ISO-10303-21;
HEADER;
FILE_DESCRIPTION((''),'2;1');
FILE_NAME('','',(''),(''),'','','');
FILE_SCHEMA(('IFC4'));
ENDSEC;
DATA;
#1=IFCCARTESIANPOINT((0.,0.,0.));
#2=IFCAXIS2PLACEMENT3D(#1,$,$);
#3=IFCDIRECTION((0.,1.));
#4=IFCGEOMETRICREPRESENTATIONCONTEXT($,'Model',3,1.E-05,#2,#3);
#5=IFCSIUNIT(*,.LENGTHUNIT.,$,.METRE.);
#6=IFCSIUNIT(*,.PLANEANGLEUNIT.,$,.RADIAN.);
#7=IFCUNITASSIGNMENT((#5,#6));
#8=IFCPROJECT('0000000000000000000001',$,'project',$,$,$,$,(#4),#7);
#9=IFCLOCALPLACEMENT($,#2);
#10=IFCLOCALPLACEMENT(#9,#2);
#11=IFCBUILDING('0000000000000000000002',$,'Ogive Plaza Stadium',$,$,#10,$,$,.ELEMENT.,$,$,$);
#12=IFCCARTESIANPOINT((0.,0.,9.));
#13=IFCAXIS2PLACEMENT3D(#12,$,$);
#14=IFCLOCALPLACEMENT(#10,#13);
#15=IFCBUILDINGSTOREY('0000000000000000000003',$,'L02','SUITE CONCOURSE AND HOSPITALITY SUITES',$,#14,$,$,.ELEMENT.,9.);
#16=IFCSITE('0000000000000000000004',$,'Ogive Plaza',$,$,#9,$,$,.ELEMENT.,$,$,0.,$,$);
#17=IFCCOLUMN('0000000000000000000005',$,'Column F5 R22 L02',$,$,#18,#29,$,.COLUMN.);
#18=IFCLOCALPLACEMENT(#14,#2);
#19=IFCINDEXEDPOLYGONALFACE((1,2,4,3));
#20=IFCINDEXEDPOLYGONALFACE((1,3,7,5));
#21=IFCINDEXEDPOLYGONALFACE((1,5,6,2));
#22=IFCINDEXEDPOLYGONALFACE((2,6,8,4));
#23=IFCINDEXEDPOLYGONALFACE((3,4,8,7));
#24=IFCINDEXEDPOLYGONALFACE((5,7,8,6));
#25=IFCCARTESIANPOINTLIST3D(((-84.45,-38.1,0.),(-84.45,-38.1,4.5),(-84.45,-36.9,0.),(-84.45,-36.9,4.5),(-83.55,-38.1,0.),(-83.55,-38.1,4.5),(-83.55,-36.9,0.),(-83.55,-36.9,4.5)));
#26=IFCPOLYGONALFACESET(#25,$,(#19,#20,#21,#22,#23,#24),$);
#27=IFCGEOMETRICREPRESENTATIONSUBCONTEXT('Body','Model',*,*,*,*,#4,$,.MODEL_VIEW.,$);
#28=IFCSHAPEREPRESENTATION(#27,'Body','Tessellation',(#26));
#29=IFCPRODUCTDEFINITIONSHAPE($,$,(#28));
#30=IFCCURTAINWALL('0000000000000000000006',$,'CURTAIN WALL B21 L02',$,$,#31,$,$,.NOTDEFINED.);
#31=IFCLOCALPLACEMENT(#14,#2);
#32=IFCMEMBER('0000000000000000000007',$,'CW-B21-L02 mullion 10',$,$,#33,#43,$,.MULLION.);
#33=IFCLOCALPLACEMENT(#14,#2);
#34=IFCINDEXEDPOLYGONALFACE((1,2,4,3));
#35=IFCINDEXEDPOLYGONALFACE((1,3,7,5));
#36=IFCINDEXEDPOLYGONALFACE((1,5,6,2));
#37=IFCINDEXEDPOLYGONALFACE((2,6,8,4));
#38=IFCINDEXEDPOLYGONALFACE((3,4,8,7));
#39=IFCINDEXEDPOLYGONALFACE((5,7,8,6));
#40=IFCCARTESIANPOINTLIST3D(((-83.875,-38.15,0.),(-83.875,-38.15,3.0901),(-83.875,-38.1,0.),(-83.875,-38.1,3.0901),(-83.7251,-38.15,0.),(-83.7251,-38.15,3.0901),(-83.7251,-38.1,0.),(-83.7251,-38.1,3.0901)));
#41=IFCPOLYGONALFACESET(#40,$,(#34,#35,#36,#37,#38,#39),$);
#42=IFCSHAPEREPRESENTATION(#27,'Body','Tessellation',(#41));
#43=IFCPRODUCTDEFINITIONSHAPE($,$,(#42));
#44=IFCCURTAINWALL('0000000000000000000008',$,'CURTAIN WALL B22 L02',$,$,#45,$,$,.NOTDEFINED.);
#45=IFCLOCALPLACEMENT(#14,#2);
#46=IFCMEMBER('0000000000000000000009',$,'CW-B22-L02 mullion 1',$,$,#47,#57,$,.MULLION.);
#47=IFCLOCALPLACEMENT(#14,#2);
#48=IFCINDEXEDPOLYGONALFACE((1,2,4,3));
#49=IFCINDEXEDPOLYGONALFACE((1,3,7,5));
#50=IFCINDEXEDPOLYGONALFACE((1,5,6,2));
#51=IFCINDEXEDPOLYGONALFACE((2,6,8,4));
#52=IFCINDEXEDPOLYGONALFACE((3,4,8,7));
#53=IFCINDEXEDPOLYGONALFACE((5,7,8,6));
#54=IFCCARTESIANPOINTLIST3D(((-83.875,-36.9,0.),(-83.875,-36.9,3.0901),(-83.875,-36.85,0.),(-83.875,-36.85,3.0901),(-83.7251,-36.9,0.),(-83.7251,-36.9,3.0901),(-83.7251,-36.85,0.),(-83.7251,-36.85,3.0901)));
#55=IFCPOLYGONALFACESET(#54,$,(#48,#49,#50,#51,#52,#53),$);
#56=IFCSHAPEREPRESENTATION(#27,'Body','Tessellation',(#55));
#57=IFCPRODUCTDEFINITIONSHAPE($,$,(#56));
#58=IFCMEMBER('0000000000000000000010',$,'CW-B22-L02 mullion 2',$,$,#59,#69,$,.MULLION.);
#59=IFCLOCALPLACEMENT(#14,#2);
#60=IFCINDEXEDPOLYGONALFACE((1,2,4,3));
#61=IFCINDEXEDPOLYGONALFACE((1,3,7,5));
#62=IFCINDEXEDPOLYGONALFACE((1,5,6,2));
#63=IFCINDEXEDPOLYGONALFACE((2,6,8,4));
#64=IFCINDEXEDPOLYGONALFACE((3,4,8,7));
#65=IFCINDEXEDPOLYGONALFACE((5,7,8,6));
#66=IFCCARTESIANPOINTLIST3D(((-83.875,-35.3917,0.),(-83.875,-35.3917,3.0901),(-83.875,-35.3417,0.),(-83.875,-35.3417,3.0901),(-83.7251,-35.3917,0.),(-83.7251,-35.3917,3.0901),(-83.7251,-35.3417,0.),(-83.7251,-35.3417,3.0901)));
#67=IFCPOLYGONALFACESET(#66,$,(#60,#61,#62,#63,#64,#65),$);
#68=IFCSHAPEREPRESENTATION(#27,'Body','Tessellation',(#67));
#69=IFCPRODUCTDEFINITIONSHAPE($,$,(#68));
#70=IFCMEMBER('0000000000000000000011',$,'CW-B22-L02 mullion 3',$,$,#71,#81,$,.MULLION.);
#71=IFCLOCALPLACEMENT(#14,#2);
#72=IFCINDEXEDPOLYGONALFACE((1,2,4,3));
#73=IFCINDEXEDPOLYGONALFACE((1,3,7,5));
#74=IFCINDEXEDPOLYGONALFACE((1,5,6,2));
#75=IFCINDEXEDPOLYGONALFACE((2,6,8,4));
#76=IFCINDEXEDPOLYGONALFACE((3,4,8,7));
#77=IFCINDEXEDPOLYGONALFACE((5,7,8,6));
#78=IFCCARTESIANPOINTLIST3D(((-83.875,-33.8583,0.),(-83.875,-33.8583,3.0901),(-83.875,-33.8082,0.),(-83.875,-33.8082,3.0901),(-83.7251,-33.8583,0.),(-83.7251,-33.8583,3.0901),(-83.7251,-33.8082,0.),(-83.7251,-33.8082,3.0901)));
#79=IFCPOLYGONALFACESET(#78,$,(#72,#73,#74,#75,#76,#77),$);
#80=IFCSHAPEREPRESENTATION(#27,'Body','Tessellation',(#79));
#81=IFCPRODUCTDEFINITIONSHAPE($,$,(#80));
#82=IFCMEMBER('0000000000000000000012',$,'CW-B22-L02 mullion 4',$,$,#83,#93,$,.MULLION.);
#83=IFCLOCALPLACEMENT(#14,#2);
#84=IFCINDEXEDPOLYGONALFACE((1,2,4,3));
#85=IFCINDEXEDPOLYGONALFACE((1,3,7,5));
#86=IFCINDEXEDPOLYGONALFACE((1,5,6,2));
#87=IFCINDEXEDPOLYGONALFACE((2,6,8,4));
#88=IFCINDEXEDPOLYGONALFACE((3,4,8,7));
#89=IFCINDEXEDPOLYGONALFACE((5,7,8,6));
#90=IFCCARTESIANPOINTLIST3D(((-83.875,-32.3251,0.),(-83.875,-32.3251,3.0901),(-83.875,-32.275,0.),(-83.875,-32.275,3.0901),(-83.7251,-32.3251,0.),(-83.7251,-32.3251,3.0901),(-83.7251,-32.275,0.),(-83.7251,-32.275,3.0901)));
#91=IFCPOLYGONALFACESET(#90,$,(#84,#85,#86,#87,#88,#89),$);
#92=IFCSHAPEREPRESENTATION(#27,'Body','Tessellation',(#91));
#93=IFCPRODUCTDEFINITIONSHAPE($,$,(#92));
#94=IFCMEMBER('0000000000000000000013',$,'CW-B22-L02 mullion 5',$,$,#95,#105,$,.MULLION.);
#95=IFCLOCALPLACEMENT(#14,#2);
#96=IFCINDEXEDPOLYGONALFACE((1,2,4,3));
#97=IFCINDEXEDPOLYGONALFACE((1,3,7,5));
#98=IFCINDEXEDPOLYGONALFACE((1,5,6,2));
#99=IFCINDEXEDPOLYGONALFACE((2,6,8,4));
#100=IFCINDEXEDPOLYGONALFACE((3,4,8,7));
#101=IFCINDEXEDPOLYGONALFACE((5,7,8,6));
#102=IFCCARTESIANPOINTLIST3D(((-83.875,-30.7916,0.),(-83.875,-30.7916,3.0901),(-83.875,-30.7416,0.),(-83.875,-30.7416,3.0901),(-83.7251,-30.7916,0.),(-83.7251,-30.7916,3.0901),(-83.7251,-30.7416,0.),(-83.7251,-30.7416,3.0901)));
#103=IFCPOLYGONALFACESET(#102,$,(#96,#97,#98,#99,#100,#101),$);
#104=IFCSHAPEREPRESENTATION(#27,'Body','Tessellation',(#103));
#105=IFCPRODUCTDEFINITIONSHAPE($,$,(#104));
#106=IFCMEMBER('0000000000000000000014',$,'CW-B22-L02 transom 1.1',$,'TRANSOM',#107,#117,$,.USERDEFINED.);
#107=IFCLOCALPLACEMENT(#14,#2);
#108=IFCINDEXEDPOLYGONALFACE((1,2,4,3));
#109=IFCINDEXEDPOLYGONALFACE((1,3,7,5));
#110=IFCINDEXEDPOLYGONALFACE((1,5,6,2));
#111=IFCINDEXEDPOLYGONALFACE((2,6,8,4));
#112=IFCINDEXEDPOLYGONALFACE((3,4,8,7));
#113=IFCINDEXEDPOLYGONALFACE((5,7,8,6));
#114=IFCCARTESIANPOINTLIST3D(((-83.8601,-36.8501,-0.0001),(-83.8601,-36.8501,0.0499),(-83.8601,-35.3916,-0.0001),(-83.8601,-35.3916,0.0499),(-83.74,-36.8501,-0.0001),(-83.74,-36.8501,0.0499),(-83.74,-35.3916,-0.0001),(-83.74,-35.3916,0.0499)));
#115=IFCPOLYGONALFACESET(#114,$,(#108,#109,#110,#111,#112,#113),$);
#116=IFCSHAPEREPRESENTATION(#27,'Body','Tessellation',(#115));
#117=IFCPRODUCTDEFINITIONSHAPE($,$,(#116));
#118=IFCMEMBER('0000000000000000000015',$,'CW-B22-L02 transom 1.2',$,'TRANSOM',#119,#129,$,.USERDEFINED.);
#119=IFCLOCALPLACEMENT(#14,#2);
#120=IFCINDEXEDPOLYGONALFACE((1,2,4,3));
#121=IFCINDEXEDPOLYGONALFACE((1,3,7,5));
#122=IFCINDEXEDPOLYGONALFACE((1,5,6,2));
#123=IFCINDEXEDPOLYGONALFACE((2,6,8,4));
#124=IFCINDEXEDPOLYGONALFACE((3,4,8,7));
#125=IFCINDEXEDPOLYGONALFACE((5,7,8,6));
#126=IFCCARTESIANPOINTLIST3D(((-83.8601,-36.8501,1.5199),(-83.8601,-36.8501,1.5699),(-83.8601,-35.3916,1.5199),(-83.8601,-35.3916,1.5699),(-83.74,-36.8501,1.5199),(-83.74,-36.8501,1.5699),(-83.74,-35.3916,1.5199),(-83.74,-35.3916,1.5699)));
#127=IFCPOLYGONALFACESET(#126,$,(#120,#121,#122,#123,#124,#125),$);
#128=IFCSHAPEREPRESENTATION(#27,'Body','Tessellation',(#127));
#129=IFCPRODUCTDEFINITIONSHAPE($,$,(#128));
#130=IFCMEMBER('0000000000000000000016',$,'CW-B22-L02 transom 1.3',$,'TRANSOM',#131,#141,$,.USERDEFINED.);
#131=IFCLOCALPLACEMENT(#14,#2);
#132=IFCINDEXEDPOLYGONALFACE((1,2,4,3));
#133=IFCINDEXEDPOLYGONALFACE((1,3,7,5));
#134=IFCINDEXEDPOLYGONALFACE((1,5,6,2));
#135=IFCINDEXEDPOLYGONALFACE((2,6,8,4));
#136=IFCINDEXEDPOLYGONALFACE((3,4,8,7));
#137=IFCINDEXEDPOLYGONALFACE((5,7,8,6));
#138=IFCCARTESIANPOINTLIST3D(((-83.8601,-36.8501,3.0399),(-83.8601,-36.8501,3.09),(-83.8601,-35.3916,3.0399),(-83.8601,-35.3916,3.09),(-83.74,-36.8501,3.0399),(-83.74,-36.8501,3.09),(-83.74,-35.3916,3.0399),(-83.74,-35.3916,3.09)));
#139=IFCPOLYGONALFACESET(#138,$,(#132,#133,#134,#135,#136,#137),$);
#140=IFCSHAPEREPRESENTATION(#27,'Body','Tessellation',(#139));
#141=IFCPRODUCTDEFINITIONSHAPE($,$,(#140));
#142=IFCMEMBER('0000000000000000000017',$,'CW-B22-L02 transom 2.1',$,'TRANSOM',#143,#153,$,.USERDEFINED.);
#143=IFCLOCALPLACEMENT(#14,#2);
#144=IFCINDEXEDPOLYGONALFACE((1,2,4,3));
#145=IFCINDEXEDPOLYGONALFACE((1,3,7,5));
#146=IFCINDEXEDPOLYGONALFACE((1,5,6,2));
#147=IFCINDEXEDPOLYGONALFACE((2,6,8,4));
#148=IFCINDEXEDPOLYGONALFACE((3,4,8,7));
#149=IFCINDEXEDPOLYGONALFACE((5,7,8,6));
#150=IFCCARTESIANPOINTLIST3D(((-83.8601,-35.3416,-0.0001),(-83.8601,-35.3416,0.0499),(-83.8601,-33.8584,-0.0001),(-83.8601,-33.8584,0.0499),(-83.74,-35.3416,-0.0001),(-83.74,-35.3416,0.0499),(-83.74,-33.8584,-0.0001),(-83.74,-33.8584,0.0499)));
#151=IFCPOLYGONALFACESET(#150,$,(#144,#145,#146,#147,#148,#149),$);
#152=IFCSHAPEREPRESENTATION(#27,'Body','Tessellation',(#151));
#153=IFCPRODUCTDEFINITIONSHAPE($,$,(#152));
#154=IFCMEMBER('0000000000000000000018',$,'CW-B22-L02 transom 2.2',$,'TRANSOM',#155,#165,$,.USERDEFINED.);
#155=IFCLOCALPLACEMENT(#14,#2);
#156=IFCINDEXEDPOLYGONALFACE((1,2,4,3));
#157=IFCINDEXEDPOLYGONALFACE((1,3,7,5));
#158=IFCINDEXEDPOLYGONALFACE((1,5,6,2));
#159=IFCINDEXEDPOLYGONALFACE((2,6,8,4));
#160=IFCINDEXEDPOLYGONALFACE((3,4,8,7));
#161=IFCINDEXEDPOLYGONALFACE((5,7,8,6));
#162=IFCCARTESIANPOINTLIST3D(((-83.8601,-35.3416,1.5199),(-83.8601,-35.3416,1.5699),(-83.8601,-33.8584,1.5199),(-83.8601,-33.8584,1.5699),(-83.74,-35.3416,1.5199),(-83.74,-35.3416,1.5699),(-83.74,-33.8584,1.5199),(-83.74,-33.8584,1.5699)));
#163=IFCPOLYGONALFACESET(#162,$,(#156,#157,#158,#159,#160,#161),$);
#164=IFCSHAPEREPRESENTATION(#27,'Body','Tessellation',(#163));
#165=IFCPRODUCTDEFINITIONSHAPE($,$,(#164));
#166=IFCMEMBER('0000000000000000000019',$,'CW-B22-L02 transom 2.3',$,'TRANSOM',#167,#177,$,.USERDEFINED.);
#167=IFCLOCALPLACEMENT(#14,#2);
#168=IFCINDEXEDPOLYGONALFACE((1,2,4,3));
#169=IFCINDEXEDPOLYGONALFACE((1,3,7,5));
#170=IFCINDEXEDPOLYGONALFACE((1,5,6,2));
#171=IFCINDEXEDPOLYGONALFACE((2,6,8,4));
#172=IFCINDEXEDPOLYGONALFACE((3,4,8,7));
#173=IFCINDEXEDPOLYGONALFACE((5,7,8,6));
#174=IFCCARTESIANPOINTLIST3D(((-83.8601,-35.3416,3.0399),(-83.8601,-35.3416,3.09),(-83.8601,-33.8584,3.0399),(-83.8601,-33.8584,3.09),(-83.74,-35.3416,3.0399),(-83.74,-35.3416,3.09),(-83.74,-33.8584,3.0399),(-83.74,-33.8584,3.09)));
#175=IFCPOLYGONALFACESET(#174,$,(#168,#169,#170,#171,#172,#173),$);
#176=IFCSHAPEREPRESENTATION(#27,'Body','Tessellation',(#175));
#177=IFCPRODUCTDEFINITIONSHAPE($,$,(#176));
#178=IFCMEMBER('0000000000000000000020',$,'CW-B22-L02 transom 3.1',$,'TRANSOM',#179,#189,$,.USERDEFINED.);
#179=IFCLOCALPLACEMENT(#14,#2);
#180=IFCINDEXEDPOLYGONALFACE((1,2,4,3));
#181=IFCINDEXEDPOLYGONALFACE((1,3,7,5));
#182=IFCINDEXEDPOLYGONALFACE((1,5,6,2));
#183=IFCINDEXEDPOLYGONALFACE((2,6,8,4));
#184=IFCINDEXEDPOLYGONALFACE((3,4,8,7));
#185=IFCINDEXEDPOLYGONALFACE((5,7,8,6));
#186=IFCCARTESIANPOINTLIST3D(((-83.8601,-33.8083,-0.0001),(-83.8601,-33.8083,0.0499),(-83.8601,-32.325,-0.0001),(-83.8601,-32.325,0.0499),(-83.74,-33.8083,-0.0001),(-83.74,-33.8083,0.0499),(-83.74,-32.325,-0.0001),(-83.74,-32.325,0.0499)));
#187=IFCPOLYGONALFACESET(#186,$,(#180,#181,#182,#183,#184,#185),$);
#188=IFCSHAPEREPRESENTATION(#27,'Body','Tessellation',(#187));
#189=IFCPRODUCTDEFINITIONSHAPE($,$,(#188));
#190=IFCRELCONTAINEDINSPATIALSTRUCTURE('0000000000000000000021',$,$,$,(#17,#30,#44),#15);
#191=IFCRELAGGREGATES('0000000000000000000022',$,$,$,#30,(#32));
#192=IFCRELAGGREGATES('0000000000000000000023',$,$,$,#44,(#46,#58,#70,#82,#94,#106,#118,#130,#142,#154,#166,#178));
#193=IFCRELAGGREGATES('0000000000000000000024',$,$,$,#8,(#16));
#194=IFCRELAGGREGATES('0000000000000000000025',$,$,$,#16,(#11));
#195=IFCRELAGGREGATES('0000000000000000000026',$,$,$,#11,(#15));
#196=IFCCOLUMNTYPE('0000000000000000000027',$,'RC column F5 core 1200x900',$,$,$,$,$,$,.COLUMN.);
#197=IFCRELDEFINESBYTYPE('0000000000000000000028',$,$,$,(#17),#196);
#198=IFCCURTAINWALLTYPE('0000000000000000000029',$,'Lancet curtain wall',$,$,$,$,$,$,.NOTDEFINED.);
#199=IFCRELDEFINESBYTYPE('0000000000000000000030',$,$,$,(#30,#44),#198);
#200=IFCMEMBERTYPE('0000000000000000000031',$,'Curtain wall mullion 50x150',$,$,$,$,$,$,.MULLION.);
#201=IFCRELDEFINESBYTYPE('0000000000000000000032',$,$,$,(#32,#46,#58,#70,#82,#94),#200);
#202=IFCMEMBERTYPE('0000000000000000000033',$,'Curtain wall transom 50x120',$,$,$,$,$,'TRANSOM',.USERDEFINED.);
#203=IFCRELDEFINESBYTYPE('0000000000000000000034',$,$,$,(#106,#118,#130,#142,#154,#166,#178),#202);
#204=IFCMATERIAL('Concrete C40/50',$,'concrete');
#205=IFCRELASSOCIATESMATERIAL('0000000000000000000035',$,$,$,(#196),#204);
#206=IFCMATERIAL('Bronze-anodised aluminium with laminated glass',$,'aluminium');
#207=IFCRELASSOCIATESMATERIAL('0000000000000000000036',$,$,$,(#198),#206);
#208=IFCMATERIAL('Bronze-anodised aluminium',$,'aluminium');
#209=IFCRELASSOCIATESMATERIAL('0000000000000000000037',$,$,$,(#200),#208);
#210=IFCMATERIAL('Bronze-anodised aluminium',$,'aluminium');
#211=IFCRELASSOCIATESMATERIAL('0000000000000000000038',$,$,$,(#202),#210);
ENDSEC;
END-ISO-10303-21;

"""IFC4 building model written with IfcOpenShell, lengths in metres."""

from ifc_helpers import new_model, si_unit, direction, frame, origin, origin_2d, place, context, subcontext, project, spatial, rectangle, extrude, material, material_profile, profile_set, type_object, element, aggregate, save


model = new_model("IFC4")

# Units and contexts
model_context = context("Model", 3, precision=1e-05, world=origin(), true_north=direction((0.0, 1.0)))
body_context = subcontext(model_context, "Body", "Model", "MODEL_VIEW")
ifc_project = project(units=[si_unit("LENGTHUNIT", "METRE"), si_unit("PLANEANGLEUNIT", "RADIAN")], contexts=[model_context])

# Site, building, storey
site_placement = place(None, origin())
site = spatial("IfcSite", under=ifc_project, at=site_placement, Name="Ogive Plaza", CompositionType="ELEMENT", RefElevation=0.0)
building_placement = place(site_placement, origin())
building = spatial("IfcBuilding", under=site, at=building_placement, Name="Ogive Plaza Stadium", CompositionType="ELEMENT")
storey_placement = place(building_placement, frame((0.0, 0.0, 9.0)))
storey = spatial("IfcBuildingStorey", under=building, at=storey_placement, Name="L02", Description="SUITE CONCOURSE AND HOSPITALITY SUITES", CompositionType="ELEMENT", Elevation=9.0)

# Column
ifc_material_1 = material(Name="Concrete C40/50", Category="concrete")
ifc_material_profile_1 = material_profile(ifc_material_1, rectangle(XDim=1.2, YDim=0.8999, at=origin_2d()), Name="RC 1200x900")
ifc_profile_set_1 = profile_set([ifc_material_profile_1], Name="Concrete C40/50")
column_type = type_object("IfcColumnType", Name="RC column F5 core 1200x900", PredefinedType="COLUMN", material=ifc_profile_set_1)
column_placement = place(storey_placement, frame((-84.0, -37.5, 0.0), z_axis=(0.0, 0.0, 1.0), x_axis=(0.0, -1.0, 0.0)))
element("IfcColumn", 1, at=column_placement, inside=storey, type_object=column_type, Name="Column F5 R22 L02", PredefinedType="COLUMN", context=body_context, shape_type="SweptSolid", body=[
    extrude(rectangle(XDim=1.2, YDim=0.8999, at=origin_2d()), origin(), (0.0, 0.0, 1.0), 4.5),
])

# Curtain wall, member
ifc_material_2 = material(Name="Bronze-anodised aluminium with laminated glass", Category="aluminium")
curtain_wall_type = type_object("IfcCurtainWallType", Name="Lancet curtain wall", PredefinedType="NOTDEFINED", material=ifc_material_2)
curtain_wall_1_placement = place(storey_placement, origin())
curtain_wall_1 = element("IfcCurtainWall", 2, at=curtain_wall_1_placement, inside=storey, type_object=curtain_wall_type, Name="CURTAIN WALL B21 L02", PredefinedType="NOTDEFINED")
ifc_material_3 = material(Name="Bronze-anodised aluminium", Category="aluminium")
ifc_material_profile_2 = material_profile(ifc_material_3, rectangle(XDim=0.1499, YDim=0.05, at=origin_2d()), Name="AL 150x50")
ifc_profile_set_2 = profile_set([ifc_material_profile_2], Name="Bronze-anodised aluminium")
member_type_1 = type_object("IfcMemberType", Name="Curtain wall mullion 50x150", PredefinedType="MULLION", material=ifc_profile_set_2)
member_1_placement = place(storey_placement, frame((-83.8, -38.125, 0.0), z_axis=(0.0, 0.0, 1.0), x_axis=(-1.0, 0.0, 0.0)))
member_1 = element("IfcMember", 3, at=member_1_placement, type_object=member_type_1, Name="CW-B21-L02 mullion 10", PredefinedType="MULLION", context=body_context, shape_type="SweptSolid", body=[
    extrude(rectangle(XDim=0.1499, YDim=0.05, at=origin_2d()), origin(), (0.0, 0.0, 1.0), 3.0901),
])

# Curtain wall, members
curtain_wall_2_placement = place(storey_placement, origin())
curtain_wall_2 = element("IfcCurtainWall", 4, at=curtain_wall_2_placement, inside=storey, type_object=curtain_wall_type, Name="CURTAIN WALL B22 L02", PredefinedType="NOTDEFINED")
member_2_placement = place(storey_placement, frame((-83.8, -36.875, 0.0), z_axis=(0.0, 0.0, 1.0), x_axis=(-1.0, 0.0, 0.0)))
member_2 = element("IfcMember", 5, at=member_2_placement, type_object=member_type_1, Name="CW-B22-L02 mullion 1", PredefinedType="MULLION", context=body_context, shape_type="SweptSolid", body=[
    extrude(rectangle(XDim=0.1499, YDim=0.05, at=origin_2d()), origin(), (0.0, 0.0, 1.0), 3.0901),
])
member_3_placement = place(storey_placement, frame((-83.8, -35.3667, 0.0), z_axis=(0.0, 0.0, 1.0), x_axis=(-1.0, 0.0, 0.0)))
member_3 = element("IfcMember", 6, at=member_3_placement, type_object=member_type_1, Name="CW-B22-L02 mullion 2", PredefinedType="MULLION", context=body_context, shape_type="SweptSolid", body=[
    extrude(rectangle(XDim=0.1499, YDim=0.05, at=origin_2d()), origin(), (0.0, 0.0, 1.0), 3.0901),
])
member_4_placement = place(storey_placement, frame((-83.8, -33.8333, 0.0), z_axis=(0.0, 0.0, 1.0), x_axis=(-1.0, 0.0, 0.0)))
member_4 = element("IfcMember", 7, at=member_4_placement, type_object=member_type_1, Name="CW-B22-L02 mullion 3", PredefinedType="MULLION", context=body_context, shape_type="SweptSolid", body=[
    extrude(rectangle(XDim=0.1499, YDim=0.05, at=origin_2d()), origin(), (0.0, 0.0, 1.0), 3.0901),
])
member_5_placement = place(storey_placement, frame((-83.8, -32.3, 0.0), z_axis=(0.0, 0.0, 1.0), x_axis=(-1.0, 0.0, 0.0)))
member_5 = element("IfcMember", 8, at=member_5_placement, type_object=member_type_1, Name="CW-B22-L02 mullion 4", PredefinedType="MULLION", context=body_context, shape_type="SweptSolid", body=[
    extrude(rectangle(XDim=0.1499, YDim=0.05, at=origin_2d()), origin(), (0.0, 0.0, 1.0), 3.0901),
])
member_6_placement = place(storey_placement, frame((-83.8, -30.7666, 0.0), z_axis=(0.0, 0.0, 1.0), x_axis=(-1.0, 0.0, 0.0)))
member_6 = element("IfcMember", 9, at=member_6_placement, type_object=member_type_1, Name="CW-B22-L02 mullion 5", PredefinedType="MULLION", context=body_context, shape_type="SweptSolid", body=[
    extrude(rectangle(XDim=0.1499, YDim=0.05, at=origin_2d()), origin(), (0.0, 0.0, 1.0), 3.0901),
])
ifc_material_4 = material(Name="Bronze-anodised aluminium", Category="aluminium")
ifc_material_profile_3 = material_profile(ifc_material_4, rectangle(XDim=0.1201, YDim=0.05, at=origin_2d()), Name="AL 120x50")
ifc_profile_set_3 = profile_set([ifc_material_profile_3], Name="Bronze-anodised aluminium")
member_type_2 = type_object("IfcMemberType", Name="Curtain wall transom 50x120", ElementType="TRANSOM", PredefinedType="USERDEFINED", material=ifc_profile_set_3)
member_7_placement = place(storey_placement, frame((-83.8, -36.8501, 0.0249), z_axis=(0.0, 1.0, 0.0), x_axis=(-1.0, 0.0, 0.0)))
member_7 = element("IfcMember", 10, at=member_7_placement, type_object=member_type_2, Name="CW-B22-L02 transom 1.1", ObjectType="TRANSOM", PredefinedType="USERDEFINED", context=body_context, shape_type="SweptSolid", body=[
    extrude(rectangle(XDim=0.1201, YDim=0.05, at=origin_2d()), origin(), (0.0, 0.0, 1.0), 1.4585),
])
member_8_placement = place(storey_placement, frame((-83.8, -36.8501, 1.5449), z_axis=(0.0, 1.0, 0.0), x_axis=(-1.0, 0.0, 0.0)))
member_8 = element("IfcMember", 11, at=member_8_placement, type_object=member_type_2, Name="CW-B22-L02 transom 1.2", ObjectType="TRANSOM", PredefinedType="USERDEFINED", context=body_context, shape_type="SweptSolid", body=[
    extrude(rectangle(XDim=0.1201, YDim=0.05, at=origin_2d()), origin(), (0.0, 0.0, 1.0), 1.4585),
])
member_9_placement = place(storey_placement, frame((-83.8, -36.8501, 3.0649), z_axis=(0.0, 1.0, 0.0), x_axis=(-1.0, 0.0, 0.0)))
member_9 = element("IfcMember", 12, at=member_9_placement, type_object=member_type_2, Name="CW-B22-L02 transom 1.3", ObjectType="TRANSOM", PredefinedType="USERDEFINED", context=body_context, shape_type="SweptSolid", body=[
    extrude(rectangle(XDim=0.1201, YDim=0.05, at=origin_2d()), origin(), (0.0, 0.0, 1.0), 1.4585),
])
member_10_placement = place(storey_placement, frame((-83.8, -35.3416, 0.0249), z_axis=(0.0, 1.0, 0.0), x_axis=(-1.0, 0.0, 0.0)))
member_10 = element("IfcMember", 13, at=member_10_placement, type_object=member_type_2, Name="CW-B22-L02 transom 2.1", ObjectType="TRANSOM", PredefinedType="USERDEFINED", context=body_context, shape_type="SweptSolid", body=[
    extrude(rectangle(XDim=0.1201, YDim=0.05, at=origin_2d()), origin(), (0.0, 0.0, 1.0), 1.4832),
])
member_11_placement = place(storey_placement, frame((-83.8, -35.3416, 1.5449), z_axis=(0.0, 1.0, 0.0), x_axis=(-1.0, 0.0, 0.0)))
member_11 = element("IfcMember", 14, at=member_11_placement, type_object=member_type_2, Name="CW-B22-L02 transom 2.2", ObjectType="TRANSOM", PredefinedType="USERDEFINED", context=body_context, shape_type="SweptSolid", body=[
    extrude(rectangle(XDim=0.1201, YDim=0.05, at=origin_2d()), origin(), (0.0, 0.0, 1.0), 1.4832),
])
member_12_placement = place(storey_placement, frame((-83.8, -35.3416, 3.0649), z_axis=(0.0, 1.0, 0.0), x_axis=(-1.0, 0.0, 0.0)))
member_12 = element("IfcMember", 15, at=member_12_placement, type_object=member_type_2, Name="CW-B22-L02 transom 2.3", ObjectType="TRANSOM", PredefinedType="USERDEFINED", context=body_context, shape_type="SweptSolid", body=[
    extrude(rectangle(XDim=0.1201, YDim=0.05, at=origin_2d()), origin(), (0.0, 0.0, 1.0), 1.4832),
])
member_13_placement = place(storey_placement, frame((-83.8, -33.8083, 0.0249), z_axis=(0.0, 1.0, 0.0), x_axis=(-1.0, 0.0, 0.0)))
member_13 = element("IfcMember", 16, at=member_13_placement, type_object=member_type_2, Name="CW-B22-L02 transom 3.1", ObjectType="TRANSOM", PredefinedType="USERDEFINED", context=body_context, shape_type="SweptSolid", body=[
    extrude(rectangle(XDim=0.1201, YDim=0.05, at=origin_2d()), origin(), (0.0, 0.0, 1.0), 1.4834),
])

aggregate(curtain_wall_1, [member_1])
aggregate(curtain_wall_2, [member_2, member_3, member_4, member_5, member_6, member_7, member_8, member_9, member_10, member_11, member_12, member_13])

save(model, "model.ifc")
